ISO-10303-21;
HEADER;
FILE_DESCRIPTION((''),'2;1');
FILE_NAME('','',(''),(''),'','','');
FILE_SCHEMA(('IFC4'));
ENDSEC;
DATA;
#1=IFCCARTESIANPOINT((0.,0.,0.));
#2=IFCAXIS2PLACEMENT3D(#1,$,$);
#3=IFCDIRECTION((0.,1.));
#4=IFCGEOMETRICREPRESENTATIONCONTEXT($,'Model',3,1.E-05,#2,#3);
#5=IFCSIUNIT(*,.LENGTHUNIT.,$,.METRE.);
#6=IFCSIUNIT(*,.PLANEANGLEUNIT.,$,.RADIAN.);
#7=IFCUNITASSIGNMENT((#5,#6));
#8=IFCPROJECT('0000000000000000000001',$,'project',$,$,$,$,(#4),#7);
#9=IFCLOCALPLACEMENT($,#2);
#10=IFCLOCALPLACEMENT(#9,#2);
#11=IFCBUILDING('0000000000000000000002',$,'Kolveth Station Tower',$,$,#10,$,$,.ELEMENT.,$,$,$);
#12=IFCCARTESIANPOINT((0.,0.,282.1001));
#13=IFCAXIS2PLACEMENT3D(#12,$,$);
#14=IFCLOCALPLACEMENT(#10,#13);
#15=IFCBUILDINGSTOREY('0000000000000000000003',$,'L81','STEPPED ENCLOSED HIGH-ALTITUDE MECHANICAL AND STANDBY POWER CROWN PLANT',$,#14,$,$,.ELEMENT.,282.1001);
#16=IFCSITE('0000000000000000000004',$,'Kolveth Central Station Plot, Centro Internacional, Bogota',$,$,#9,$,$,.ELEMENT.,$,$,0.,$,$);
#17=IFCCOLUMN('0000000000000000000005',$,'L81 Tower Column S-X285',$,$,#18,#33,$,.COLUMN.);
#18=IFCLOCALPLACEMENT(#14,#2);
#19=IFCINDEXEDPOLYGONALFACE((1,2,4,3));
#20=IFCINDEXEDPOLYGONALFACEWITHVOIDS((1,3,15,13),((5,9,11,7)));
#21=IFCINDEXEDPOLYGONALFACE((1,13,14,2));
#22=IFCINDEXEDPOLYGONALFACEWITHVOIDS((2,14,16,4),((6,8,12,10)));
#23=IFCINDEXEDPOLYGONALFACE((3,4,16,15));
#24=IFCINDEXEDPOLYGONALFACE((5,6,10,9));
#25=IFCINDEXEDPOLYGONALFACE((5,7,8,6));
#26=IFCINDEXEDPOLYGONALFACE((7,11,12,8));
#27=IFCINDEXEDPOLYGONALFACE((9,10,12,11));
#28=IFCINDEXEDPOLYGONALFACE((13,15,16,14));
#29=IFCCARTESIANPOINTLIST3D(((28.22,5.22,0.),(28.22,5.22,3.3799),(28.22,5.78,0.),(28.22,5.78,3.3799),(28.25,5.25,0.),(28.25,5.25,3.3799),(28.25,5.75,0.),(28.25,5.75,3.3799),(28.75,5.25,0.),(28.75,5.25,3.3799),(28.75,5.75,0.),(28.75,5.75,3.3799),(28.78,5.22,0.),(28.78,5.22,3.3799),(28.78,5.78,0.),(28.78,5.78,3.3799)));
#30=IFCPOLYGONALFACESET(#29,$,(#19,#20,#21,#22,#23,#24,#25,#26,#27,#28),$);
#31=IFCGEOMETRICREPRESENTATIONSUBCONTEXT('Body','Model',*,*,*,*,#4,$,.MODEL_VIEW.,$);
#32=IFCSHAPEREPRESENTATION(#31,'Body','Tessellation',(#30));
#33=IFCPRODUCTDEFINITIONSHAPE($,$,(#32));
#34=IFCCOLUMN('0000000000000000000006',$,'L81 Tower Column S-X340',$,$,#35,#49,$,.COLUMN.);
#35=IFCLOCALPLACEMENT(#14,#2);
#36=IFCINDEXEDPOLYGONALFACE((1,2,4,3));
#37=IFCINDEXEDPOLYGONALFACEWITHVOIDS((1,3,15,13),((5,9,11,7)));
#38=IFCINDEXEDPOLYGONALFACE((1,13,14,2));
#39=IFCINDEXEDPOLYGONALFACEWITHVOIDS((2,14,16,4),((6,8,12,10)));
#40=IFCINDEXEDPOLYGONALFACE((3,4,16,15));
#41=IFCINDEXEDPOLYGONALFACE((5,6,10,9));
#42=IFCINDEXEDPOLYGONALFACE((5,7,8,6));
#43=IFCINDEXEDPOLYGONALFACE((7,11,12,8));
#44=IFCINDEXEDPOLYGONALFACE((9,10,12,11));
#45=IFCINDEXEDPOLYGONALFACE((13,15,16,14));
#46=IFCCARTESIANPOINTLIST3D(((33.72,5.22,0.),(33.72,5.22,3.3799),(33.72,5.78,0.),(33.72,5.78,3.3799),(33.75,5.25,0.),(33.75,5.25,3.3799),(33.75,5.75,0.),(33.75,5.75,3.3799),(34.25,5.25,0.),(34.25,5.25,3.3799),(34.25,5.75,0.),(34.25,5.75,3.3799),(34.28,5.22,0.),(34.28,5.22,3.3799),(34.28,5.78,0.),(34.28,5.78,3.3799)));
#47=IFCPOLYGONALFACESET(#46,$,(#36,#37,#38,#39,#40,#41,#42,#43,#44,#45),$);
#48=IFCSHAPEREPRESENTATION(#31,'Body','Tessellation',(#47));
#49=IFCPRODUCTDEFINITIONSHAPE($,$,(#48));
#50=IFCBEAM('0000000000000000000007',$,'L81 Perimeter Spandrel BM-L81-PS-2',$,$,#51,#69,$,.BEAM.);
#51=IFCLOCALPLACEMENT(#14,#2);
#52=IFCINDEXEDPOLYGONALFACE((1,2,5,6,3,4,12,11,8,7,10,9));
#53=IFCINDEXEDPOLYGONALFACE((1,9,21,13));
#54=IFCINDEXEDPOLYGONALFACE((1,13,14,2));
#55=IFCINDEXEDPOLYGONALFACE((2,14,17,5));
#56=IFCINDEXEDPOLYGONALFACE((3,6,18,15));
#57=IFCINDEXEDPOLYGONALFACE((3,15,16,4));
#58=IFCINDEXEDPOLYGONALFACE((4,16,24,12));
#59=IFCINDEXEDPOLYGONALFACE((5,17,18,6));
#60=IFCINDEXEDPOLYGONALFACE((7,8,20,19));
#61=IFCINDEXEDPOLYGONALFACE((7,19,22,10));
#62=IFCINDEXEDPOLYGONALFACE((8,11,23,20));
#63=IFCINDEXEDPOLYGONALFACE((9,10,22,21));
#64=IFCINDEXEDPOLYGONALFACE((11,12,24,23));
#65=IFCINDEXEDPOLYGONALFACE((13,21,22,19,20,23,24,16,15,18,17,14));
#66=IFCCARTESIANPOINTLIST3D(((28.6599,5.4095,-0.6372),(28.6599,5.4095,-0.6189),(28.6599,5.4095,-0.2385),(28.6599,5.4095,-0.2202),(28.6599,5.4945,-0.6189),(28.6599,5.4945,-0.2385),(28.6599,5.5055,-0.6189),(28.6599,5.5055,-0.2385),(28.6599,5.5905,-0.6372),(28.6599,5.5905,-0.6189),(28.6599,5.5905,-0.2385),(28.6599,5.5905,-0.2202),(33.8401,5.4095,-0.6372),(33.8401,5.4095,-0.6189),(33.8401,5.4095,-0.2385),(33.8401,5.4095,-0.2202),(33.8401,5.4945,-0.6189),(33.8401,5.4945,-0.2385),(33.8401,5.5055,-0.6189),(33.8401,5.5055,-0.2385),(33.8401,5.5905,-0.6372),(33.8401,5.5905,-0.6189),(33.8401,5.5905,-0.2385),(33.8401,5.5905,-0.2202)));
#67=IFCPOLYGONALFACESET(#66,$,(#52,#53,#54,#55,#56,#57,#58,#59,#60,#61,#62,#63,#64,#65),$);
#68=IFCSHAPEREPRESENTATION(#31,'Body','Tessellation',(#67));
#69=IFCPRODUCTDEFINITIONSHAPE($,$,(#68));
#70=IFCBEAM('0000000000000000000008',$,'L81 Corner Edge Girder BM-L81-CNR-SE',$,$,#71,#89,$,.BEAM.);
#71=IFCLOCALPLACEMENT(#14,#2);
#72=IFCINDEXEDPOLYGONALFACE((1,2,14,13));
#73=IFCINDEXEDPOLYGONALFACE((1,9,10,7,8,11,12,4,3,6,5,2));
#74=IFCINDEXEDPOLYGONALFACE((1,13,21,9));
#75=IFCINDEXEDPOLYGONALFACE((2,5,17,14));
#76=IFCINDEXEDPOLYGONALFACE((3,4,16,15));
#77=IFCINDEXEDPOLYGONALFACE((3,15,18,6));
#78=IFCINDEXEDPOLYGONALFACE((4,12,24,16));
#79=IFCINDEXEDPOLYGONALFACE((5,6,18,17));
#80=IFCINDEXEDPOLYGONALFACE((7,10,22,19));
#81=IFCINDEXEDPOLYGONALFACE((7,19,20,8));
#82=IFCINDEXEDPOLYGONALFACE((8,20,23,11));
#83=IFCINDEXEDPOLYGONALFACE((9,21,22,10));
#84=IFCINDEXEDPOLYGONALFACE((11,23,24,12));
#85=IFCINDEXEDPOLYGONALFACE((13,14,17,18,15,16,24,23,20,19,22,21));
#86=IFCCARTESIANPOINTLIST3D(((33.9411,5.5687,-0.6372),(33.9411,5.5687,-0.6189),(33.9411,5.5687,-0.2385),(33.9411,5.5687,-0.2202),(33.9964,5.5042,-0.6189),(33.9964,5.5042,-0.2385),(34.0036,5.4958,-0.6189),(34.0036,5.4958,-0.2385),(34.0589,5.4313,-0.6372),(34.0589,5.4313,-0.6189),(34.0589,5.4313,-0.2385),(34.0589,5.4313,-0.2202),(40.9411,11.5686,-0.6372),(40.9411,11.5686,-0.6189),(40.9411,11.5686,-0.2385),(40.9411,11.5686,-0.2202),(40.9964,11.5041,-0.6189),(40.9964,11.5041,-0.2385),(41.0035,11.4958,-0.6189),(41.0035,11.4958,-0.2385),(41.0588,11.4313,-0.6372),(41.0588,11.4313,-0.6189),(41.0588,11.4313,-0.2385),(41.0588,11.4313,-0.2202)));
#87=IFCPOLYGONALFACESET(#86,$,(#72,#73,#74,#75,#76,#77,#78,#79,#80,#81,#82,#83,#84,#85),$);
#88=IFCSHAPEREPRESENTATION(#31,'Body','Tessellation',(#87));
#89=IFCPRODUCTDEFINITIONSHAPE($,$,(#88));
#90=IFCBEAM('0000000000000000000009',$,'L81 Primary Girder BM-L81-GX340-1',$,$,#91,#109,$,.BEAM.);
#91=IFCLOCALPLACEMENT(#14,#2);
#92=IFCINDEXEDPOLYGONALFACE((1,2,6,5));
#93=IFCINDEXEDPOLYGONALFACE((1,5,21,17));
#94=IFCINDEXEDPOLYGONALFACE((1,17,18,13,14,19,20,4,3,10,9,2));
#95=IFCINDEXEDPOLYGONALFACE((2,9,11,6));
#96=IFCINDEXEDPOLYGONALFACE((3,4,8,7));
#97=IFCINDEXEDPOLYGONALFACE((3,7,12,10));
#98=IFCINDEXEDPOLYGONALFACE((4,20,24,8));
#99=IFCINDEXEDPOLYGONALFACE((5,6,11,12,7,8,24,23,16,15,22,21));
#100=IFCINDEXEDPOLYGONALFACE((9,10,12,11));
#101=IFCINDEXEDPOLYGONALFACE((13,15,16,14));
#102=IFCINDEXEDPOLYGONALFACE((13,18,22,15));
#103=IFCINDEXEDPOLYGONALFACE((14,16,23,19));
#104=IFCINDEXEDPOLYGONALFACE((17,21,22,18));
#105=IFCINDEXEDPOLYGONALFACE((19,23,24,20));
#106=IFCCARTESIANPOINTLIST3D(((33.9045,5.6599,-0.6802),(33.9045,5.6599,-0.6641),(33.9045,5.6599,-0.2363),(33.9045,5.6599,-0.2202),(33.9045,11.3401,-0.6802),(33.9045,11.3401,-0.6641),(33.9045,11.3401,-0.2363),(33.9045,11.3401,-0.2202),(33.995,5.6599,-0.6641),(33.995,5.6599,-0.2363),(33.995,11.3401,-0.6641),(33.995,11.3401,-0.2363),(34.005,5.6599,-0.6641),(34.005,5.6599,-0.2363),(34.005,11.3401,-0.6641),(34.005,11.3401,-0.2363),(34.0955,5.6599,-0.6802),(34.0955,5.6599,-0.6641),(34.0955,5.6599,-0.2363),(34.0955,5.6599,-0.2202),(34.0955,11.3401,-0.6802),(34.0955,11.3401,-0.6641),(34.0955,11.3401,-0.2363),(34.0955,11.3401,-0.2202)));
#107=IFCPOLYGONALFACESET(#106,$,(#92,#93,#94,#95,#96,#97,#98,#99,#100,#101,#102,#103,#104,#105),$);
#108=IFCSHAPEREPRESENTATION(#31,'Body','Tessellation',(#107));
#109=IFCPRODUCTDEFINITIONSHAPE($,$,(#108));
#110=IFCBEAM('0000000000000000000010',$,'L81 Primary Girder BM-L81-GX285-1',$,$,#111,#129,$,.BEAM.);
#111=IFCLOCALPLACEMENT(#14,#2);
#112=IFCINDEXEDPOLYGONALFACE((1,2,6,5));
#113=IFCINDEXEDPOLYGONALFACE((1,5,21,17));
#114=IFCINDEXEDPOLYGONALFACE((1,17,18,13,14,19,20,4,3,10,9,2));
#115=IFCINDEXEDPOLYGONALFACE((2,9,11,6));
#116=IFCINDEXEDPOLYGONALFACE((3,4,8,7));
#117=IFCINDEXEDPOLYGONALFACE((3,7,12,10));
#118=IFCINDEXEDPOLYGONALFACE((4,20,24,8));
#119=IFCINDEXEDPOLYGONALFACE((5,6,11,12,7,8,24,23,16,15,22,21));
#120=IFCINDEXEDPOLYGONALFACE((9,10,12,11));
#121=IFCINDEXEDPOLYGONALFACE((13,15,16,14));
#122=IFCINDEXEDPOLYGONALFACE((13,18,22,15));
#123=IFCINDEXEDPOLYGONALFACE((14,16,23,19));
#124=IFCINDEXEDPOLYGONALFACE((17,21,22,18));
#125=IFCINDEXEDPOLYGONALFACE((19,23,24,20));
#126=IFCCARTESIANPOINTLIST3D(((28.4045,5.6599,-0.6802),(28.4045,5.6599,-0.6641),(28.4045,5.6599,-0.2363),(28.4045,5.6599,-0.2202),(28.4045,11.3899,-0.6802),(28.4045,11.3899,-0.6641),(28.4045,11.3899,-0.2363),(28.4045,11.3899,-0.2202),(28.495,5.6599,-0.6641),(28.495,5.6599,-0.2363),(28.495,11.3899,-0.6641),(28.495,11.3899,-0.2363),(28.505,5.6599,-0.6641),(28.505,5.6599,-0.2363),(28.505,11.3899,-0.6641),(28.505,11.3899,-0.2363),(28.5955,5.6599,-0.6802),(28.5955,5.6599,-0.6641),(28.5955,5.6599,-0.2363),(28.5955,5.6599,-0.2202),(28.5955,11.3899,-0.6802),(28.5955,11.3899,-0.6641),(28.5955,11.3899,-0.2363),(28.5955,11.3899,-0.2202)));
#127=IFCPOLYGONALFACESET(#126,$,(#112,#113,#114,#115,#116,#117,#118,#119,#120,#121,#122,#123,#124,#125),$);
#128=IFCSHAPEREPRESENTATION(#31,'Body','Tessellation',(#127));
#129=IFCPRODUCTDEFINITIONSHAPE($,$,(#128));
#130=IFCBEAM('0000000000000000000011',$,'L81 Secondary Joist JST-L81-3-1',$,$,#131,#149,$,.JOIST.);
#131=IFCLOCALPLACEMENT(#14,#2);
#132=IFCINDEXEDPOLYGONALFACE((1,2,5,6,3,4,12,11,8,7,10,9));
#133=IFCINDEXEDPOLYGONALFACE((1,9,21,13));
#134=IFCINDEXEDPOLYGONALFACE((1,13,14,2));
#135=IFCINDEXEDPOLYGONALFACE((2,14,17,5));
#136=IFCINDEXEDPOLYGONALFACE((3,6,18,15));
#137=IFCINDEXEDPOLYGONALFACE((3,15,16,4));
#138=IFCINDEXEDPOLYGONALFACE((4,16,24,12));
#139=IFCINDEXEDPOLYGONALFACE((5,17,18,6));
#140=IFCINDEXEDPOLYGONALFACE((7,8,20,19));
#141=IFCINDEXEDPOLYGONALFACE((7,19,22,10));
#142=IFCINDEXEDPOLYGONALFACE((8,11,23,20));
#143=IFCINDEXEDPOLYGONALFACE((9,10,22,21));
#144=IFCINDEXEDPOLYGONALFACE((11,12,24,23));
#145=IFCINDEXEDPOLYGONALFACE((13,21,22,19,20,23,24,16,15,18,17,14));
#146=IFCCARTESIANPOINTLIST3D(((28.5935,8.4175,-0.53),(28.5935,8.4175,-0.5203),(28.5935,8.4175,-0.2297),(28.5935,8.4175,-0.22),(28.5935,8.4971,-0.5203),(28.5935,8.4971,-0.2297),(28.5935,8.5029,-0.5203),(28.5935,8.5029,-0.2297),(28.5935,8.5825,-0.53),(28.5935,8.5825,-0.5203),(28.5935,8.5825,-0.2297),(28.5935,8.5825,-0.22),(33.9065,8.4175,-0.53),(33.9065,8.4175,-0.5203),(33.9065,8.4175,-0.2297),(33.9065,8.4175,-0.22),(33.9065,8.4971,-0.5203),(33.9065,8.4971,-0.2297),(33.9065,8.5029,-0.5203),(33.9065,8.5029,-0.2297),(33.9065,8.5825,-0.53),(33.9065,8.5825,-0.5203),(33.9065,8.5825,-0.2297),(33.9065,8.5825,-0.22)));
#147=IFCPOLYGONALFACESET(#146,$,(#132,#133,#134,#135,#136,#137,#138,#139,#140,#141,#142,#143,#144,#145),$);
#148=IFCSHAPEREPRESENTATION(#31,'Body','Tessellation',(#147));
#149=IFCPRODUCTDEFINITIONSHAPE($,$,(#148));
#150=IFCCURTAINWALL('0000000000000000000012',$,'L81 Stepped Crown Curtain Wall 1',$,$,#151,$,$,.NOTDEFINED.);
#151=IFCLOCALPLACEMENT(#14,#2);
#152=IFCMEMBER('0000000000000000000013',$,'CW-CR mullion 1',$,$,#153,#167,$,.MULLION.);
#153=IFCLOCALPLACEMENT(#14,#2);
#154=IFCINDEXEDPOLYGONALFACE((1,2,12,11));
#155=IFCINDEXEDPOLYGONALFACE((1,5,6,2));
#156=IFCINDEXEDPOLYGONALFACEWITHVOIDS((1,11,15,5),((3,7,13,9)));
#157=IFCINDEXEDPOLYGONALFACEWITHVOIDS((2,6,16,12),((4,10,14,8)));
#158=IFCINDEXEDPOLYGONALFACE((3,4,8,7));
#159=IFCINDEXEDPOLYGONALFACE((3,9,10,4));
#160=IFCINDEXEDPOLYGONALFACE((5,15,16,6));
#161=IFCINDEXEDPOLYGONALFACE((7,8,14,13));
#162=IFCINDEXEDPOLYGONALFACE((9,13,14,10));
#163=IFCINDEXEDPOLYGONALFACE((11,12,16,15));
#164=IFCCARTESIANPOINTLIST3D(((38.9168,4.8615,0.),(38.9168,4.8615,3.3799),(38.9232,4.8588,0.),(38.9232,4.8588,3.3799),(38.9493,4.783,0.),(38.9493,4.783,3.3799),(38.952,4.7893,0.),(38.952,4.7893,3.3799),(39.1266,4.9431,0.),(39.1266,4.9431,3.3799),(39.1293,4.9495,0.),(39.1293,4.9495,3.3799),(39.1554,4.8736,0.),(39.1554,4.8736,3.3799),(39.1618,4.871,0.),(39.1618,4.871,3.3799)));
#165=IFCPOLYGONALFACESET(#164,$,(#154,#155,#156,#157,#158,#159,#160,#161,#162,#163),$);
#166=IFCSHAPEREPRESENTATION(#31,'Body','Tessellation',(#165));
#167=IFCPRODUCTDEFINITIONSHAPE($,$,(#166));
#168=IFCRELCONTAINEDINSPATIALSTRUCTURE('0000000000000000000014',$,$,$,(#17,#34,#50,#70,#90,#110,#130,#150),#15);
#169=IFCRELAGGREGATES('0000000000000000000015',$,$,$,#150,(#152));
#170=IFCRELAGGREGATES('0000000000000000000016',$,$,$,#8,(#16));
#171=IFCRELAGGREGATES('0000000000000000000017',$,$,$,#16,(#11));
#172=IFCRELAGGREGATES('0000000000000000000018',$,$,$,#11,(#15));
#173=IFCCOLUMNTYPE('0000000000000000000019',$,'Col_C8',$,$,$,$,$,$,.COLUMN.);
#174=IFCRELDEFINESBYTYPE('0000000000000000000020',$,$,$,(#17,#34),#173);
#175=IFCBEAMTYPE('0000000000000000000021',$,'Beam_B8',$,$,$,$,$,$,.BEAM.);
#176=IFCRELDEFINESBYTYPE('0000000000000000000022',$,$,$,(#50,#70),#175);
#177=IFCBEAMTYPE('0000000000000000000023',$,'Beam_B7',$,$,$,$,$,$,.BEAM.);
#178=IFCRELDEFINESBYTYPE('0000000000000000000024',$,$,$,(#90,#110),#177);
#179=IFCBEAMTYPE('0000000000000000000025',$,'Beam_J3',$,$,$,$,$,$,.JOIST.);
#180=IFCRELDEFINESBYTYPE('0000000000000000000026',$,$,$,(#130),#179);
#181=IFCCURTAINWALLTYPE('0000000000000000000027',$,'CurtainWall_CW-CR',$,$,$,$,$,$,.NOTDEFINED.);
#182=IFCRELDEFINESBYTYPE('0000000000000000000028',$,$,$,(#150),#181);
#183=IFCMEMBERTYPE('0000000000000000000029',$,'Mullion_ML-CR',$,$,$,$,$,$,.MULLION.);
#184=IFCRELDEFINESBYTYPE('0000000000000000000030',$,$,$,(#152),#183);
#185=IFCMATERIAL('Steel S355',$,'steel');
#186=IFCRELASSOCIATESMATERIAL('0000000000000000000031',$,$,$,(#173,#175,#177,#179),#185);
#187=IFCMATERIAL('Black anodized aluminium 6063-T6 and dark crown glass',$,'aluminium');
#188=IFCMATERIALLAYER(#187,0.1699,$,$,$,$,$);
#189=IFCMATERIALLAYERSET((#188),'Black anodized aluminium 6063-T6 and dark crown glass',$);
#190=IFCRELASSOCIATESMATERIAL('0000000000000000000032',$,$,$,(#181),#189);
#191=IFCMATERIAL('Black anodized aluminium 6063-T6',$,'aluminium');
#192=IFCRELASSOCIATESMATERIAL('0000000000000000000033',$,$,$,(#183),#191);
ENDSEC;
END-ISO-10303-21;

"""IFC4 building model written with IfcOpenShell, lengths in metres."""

from ifc_helpers import new_model, si_unit, direction, frame, origin, origin_2d, place, context, subcontext, project, spatial, hollow_rectangle, i_section, extrude, source, transform, mapped, material, layer, layer_set, material_profile, profile_set, type_object, element, aggregate, save


model = new_model("IFC4")

# Units and contexts
model_context = context("Model", 3, precision=1e-05, world=origin(), true_north=direction((0.0, 1.0)))
body_context = subcontext(model_context, "Body", "Model", "MODEL_VIEW")
ifc_project = project(units=[si_unit("LENGTHUNIT", "METRE"), si_unit("PLANEANGLEUNIT", "RADIAN")], contexts=[model_context])

# Site, building, storey
site_placement = place(None, origin())
site = spatial("IfcSite", under=ifc_project, at=site_placement, Name="Kolveth Central Station Plot, Centro Internacional, Bogota", CompositionType="ELEMENT", RefElevation=0.0)
building_placement = place(site_placement, origin())
building = spatial("IfcBuilding", under=site, at=building_placement, Name="Kolveth Station Tower", CompositionType="ELEMENT")
storey_placement = place(building_placement, frame((0.0, 0.0, 282.1001)))
storey = spatial("IfcBuildingStorey", under=building, at=storey_placement, Name="L81", Description="STEPPED ENCLOSED HIGH-ALTITUDE MECHANICAL AND STANDBY POWER CROWN PLANT", CompositionType="ELEMENT", Elevation=282.1001)

# Columns
ifc_material_1 = material(Name="Steel S355", Category="steel")
ifc_material_profile_1 = material_profile(ifc_material_1, hollow_rectangle(XDim=0.5601, YDim=0.5601, WallThickness=0.03, at=origin_2d()), Name="BOX560x560x30")
ifc_profile_set_1 = profile_set([ifc_material_profile_1], Name="Steel S355")
column_type = type_object("IfcColumnType", Name="Col_C8", PredefinedType="COLUMN", material=ifc_profile_set_1)
shared_shape_1 = source(origin(), body_context, "Body", "SweptSolid", [
    extrude(hollow_rectangle(XDim=0.5601, YDim=0.5601, WallThickness=0.03, at=origin_2d()), origin(), (0.0, 0.0, 1.0), 3.3799),
])
for number, where, z_axis, x_axis, name in (
    (1, (28.5, 5.5, 0.0), (0.0, 0.0, 1.0), (1.0, 0.0, 0.0), "L81 Tower Column S-X285"),
    (2, (34.0, 5.5, 0.0), (0.0, 0.0, 1.0), (1.0, 0.0, 0.0), "L81 Tower Column S-X340"),
):
    element("IfcColumn", number, at=place(storey_placement, frame(where, z_axis=z_axis, x_axis=x_axis)), inside=storey, type_object=column_type, Name=name, PredefinedType="COLUMN", context=body_context, shape_type="MappedRepresentation", body=[
        mapped(shared_shape_1, transform((0.0, 0.0, 0.0), x_axis=(1.0, 0.0, 0.0), y_axis=(0.0, 1.0, 0.0), z_axis=(0.0, 0.0, 1.0), scale=1.0)),
    ])

# Beams
ifc_material_profile_2 = material_profile(ifc_material_1, i_section(OverallWidth=0.1809, OverallDepth=0.417, WebThickness=0.011, FlangeThickness=0.0183, at=origin_2d()), Name="W410x85")
ifc_profile_set_2 = profile_set([ifc_material_profile_2], Name="Steel S355")
beam_type_1 = type_object("IfcBeamType", Name="Beam_B8", PredefinedType="BEAM", material=ifc_profile_set_2)
shared_shape_2 = source(origin(), body_context, "Body", "SweptSolid", [
    extrude(i_section(OverallWidth=0.1809, OverallDepth=0.417, WebThickness=0.011, FlangeThickness=0.0183, at=origin_2d()), origin(), (0.0, 0.0, 1.0), 5.1802),
])
beam_1_placement = place(storey_placement, frame((28.6599, 5.5, -0.4287), z_axis=(1.0, 0.0, 0.0), x_axis=(0.0, 1.0, 0.0)))
element("IfcBeam", 3, at=beam_1_placement, inside=storey, type_object=beam_type_1, Name="L81 Perimeter Spandrel BM-L81-PS-2", PredefinedType="BEAM", context=body_context, shape_type="MappedRepresentation", body=[
    mapped(shared_shape_2, transform((0.0, 0.0, 0.0), x_axis=(1.0, 0.0, 0.0), y_axis=(0.0, 1.0, 0.0), z_axis=(0.0, 0.0, 1.0), scale=1.0)),
])
shared_shape_3 = source(origin(), body_context, "Body", "SweptSolid", [
    extrude(i_section(OverallWidth=0.1809, OverallDepth=0.417, WebThickness=0.011, FlangeThickness=0.0183, at=origin_2d()), origin(), (0.0, 0.0, 1.0), 9.2195),
])
beam_2_placement = place(storey_placement, frame((34.0, 5.5, -0.4287), z_axis=(0.759257, 0.650791, 0.0), x_axis=(-0.650791, 0.759257, 0.0)))
element("IfcBeam", 4, at=beam_2_placement, inside=storey, type_object=beam_type_1, Name="L81 Corner Edge Girder BM-L81-CNR-SE", PredefinedType="BEAM", context=body_context, shape_type="MappedRepresentation", body=[
    mapped(shared_shape_3, transform((0.0, 0.0, 0.0), x_axis=(1.0, 0.0, 0.0), y_axis=(0.0, 1.0, 0.0), z_axis=(0.0, 0.0, 1.0), scale=1.0)),
])
ifc_material_profile_3 = material_profile(ifc_material_1, i_section(OverallWidth=0.1909, OverallDepth=0.46, WebThickness=0.01, FlangeThickness=0.0161, at=origin_2d()), Name="W460x82")
ifc_profile_set_3 = profile_set([ifc_material_profile_3], Name="Steel S355")
beam_type_2 = type_object("IfcBeamType", Name="Beam_B7", PredefinedType="BEAM", material=ifc_profile_set_3)
shared_shape_4 = source(origin(), body_context, "Body", "SweptSolid", [
    extrude(i_section(OverallWidth=0.1909, OverallDepth=0.46, WebThickness=0.01, FlangeThickness=0.0161, at=origin_2d()), origin(), (0.0, 0.0, 1.0), 5.6802),
])
beam_3_placement = place(storey_placement, frame((34.0, 5.6599, -0.4502), z_axis=(0.0, 1.0, 0.0), x_axis=(-1.0, 0.0, 0.0)))
element("IfcBeam", 5, at=beam_3_placement, inside=storey, type_object=beam_type_2, Name="L81 Primary Girder BM-L81-GX340-1", PredefinedType="BEAM", context=body_context, shape_type="MappedRepresentation", body=[
    mapped(shared_shape_4, transform((0.0, 0.0, 0.0), x_axis=(1.0, 0.0, 0.0), y_axis=(0.0, 1.0, 0.0), z_axis=(0.0, 0.0, 1.0), scale=1.0)),
])
shared_shape_5 = source(origin(), body_context, "Body", "SweptSolid", [
    extrude(i_section(OverallWidth=0.1909, OverallDepth=0.46, WebThickness=0.01, FlangeThickness=0.0161, at=origin_2d()), origin(), (0.0, 0.0, 1.0), 5.73),
])
beam_4_placement = place(storey_placement, frame((28.5, 5.6599, -0.4502), z_axis=(0.0, 1.0, 0.0), x_axis=(-1.0, 0.0, 0.0)))
element("IfcBeam", 6, at=beam_4_placement, inside=storey, type_object=beam_type_2, Name="L81 Primary Girder BM-L81-GX285-1", PredefinedType="BEAM", context=body_context, shape_type="MappedRepresentation", body=[
    mapped(shared_shape_5, transform((0.0, 0.0, 0.0), x_axis=(1.0, 0.0, 0.0), y_axis=(0.0, 1.0, 0.0), z_axis=(0.0, 0.0, 1.0), scale=1.0)),
])
ifc_material_profile_4 = material_profile(ifc_material_1, i_section(OverallWidth=0.165, OverallDepth=0.3101, WebThickness=0.0059, FlangeThickness=0.0098, at=origin_2d()), Name="W310x39")
ifc_profile_set_4 = profile_set([ifc_material_profile_4], Name="Steel S355")
beam_type_3 = type_object("IfcBeamType", Name="Beam_J3", PredefinedType="JOIST", material=ifc_profile_set_4)
shared_shape_6 = source(origin(), body_context, "Body", "SweptSolid", [
    extrude(i_section(OverallWidth=0.165, OverallDepth=0.3101, WebThickness=0.0059, FlangeThickness=0.0098, at=origin_2d()), origin(), (0.0, 0.0, 1.0), 5.313),
])
beam_5_placement = place(storey_placement, frame((28.5935, 8.5, -0.375), z_axis=(1.0, 0.0, 0.0), x_axis=(0.0, 1.0, 0.0)))
element("IfcBeam", 7, at=beam_5_placement, inside=storey, type_object=beam_type_3, Name="L81 Secondary Joist JST-L81-3-1", PredefinedType="JOIST", context=body_context, shape_type="MappedRepresentation", body=[
    mapped(shared_shape_6, transform((0.0, 0.0, 0.0), x_axis=(1.0, 0.0, 0.0), y_axis=(0.0, 1.0, 0.0), z_axis=(0.0, 0.0, 1.0), scale=1.0)),
])

# Curtain wall, member
ifc_material_2 = material(Name="Black anodized aluminium 6063-T6 and dark crown glass", Category="aluminium")
ifc_layer_1 = layer(ifc_material_2, 0.1699)
ifc_layer_set_1 = layer_set([ifc_layer_1], Name="Black anodized aluminium 6063-T6 and dark crown glass")
curtain_wall_type = type_object("IfcCurtainWallType", Name="CurtainWall_CW-CR", PredefinedType="NOTDEFINED", material=ifc_layer_set_1)
curtain_wall_1_placement = place(storey_placement, origin())
curtain_wall_1 = element("IfcCurtainWall", 8, at=curtain_wall_1_placement, inside=storey, type_object=curtain_wall_type, Name="L81 Stepped Crown Curtain Wall 1", PredefinedType="NOTDEFINED")
ifc_material_3 = material(Name="Black anodized aluminium 6063-T6", Category="aluminium")
ifc_material_profile_5 = material_profile(ifc_material_3, hollow_rectangle(XDim=0.085, YDim=0.23, WallThickness=0.0049, at=origin_2d()), Name="ALU-85x230x5")
ifc_profile_set_5 = profile_set([ifc_material_profile_5], Name="Black anodized aluminium 6063-T6")
member_type_1 = type_object("IfcMemberType", Name="Mullion_ML-CR", PredefinedType="MULLION", material=ifc_profile_set_5)
shared_shape_7 = source(origin(), body_context, "Body", "SweptSolid", [
    extrude(hollow_rectangle(XDim=0.085, YDim=0.23, WallThickness=0.0049, at=origin_2d()), origin(), (0.0, 0.0, 1.0), 3.3799),
])
member_1_placement = place(storey_placement, frame((39.0393, 4.8662, 0.0), z_axis=(0.0, 0.0, 1.0), x_axis=(-0.382703, 0.923871, 0.0)))
member_1 = element("IfcMember", 9, at=member_1_placement, type_object=member_type_1, Name="CW-CR mullion 1", PredefinedType="MULLION", context=body_context, shape_type="MappedRepresentation", body=[
    mapped(shared_shape_7, transform((0.0, 0.0, 0.0), x_axis=(1.0, 0.0, 0.0), y_axis=(0.0, 1.0, 0.0), z_axis=(0.0, 0.0, 1.0), scale=1.0)),
])

aggregate(curtain_wall_1, [member_1])

save(model, "model.ifc")
